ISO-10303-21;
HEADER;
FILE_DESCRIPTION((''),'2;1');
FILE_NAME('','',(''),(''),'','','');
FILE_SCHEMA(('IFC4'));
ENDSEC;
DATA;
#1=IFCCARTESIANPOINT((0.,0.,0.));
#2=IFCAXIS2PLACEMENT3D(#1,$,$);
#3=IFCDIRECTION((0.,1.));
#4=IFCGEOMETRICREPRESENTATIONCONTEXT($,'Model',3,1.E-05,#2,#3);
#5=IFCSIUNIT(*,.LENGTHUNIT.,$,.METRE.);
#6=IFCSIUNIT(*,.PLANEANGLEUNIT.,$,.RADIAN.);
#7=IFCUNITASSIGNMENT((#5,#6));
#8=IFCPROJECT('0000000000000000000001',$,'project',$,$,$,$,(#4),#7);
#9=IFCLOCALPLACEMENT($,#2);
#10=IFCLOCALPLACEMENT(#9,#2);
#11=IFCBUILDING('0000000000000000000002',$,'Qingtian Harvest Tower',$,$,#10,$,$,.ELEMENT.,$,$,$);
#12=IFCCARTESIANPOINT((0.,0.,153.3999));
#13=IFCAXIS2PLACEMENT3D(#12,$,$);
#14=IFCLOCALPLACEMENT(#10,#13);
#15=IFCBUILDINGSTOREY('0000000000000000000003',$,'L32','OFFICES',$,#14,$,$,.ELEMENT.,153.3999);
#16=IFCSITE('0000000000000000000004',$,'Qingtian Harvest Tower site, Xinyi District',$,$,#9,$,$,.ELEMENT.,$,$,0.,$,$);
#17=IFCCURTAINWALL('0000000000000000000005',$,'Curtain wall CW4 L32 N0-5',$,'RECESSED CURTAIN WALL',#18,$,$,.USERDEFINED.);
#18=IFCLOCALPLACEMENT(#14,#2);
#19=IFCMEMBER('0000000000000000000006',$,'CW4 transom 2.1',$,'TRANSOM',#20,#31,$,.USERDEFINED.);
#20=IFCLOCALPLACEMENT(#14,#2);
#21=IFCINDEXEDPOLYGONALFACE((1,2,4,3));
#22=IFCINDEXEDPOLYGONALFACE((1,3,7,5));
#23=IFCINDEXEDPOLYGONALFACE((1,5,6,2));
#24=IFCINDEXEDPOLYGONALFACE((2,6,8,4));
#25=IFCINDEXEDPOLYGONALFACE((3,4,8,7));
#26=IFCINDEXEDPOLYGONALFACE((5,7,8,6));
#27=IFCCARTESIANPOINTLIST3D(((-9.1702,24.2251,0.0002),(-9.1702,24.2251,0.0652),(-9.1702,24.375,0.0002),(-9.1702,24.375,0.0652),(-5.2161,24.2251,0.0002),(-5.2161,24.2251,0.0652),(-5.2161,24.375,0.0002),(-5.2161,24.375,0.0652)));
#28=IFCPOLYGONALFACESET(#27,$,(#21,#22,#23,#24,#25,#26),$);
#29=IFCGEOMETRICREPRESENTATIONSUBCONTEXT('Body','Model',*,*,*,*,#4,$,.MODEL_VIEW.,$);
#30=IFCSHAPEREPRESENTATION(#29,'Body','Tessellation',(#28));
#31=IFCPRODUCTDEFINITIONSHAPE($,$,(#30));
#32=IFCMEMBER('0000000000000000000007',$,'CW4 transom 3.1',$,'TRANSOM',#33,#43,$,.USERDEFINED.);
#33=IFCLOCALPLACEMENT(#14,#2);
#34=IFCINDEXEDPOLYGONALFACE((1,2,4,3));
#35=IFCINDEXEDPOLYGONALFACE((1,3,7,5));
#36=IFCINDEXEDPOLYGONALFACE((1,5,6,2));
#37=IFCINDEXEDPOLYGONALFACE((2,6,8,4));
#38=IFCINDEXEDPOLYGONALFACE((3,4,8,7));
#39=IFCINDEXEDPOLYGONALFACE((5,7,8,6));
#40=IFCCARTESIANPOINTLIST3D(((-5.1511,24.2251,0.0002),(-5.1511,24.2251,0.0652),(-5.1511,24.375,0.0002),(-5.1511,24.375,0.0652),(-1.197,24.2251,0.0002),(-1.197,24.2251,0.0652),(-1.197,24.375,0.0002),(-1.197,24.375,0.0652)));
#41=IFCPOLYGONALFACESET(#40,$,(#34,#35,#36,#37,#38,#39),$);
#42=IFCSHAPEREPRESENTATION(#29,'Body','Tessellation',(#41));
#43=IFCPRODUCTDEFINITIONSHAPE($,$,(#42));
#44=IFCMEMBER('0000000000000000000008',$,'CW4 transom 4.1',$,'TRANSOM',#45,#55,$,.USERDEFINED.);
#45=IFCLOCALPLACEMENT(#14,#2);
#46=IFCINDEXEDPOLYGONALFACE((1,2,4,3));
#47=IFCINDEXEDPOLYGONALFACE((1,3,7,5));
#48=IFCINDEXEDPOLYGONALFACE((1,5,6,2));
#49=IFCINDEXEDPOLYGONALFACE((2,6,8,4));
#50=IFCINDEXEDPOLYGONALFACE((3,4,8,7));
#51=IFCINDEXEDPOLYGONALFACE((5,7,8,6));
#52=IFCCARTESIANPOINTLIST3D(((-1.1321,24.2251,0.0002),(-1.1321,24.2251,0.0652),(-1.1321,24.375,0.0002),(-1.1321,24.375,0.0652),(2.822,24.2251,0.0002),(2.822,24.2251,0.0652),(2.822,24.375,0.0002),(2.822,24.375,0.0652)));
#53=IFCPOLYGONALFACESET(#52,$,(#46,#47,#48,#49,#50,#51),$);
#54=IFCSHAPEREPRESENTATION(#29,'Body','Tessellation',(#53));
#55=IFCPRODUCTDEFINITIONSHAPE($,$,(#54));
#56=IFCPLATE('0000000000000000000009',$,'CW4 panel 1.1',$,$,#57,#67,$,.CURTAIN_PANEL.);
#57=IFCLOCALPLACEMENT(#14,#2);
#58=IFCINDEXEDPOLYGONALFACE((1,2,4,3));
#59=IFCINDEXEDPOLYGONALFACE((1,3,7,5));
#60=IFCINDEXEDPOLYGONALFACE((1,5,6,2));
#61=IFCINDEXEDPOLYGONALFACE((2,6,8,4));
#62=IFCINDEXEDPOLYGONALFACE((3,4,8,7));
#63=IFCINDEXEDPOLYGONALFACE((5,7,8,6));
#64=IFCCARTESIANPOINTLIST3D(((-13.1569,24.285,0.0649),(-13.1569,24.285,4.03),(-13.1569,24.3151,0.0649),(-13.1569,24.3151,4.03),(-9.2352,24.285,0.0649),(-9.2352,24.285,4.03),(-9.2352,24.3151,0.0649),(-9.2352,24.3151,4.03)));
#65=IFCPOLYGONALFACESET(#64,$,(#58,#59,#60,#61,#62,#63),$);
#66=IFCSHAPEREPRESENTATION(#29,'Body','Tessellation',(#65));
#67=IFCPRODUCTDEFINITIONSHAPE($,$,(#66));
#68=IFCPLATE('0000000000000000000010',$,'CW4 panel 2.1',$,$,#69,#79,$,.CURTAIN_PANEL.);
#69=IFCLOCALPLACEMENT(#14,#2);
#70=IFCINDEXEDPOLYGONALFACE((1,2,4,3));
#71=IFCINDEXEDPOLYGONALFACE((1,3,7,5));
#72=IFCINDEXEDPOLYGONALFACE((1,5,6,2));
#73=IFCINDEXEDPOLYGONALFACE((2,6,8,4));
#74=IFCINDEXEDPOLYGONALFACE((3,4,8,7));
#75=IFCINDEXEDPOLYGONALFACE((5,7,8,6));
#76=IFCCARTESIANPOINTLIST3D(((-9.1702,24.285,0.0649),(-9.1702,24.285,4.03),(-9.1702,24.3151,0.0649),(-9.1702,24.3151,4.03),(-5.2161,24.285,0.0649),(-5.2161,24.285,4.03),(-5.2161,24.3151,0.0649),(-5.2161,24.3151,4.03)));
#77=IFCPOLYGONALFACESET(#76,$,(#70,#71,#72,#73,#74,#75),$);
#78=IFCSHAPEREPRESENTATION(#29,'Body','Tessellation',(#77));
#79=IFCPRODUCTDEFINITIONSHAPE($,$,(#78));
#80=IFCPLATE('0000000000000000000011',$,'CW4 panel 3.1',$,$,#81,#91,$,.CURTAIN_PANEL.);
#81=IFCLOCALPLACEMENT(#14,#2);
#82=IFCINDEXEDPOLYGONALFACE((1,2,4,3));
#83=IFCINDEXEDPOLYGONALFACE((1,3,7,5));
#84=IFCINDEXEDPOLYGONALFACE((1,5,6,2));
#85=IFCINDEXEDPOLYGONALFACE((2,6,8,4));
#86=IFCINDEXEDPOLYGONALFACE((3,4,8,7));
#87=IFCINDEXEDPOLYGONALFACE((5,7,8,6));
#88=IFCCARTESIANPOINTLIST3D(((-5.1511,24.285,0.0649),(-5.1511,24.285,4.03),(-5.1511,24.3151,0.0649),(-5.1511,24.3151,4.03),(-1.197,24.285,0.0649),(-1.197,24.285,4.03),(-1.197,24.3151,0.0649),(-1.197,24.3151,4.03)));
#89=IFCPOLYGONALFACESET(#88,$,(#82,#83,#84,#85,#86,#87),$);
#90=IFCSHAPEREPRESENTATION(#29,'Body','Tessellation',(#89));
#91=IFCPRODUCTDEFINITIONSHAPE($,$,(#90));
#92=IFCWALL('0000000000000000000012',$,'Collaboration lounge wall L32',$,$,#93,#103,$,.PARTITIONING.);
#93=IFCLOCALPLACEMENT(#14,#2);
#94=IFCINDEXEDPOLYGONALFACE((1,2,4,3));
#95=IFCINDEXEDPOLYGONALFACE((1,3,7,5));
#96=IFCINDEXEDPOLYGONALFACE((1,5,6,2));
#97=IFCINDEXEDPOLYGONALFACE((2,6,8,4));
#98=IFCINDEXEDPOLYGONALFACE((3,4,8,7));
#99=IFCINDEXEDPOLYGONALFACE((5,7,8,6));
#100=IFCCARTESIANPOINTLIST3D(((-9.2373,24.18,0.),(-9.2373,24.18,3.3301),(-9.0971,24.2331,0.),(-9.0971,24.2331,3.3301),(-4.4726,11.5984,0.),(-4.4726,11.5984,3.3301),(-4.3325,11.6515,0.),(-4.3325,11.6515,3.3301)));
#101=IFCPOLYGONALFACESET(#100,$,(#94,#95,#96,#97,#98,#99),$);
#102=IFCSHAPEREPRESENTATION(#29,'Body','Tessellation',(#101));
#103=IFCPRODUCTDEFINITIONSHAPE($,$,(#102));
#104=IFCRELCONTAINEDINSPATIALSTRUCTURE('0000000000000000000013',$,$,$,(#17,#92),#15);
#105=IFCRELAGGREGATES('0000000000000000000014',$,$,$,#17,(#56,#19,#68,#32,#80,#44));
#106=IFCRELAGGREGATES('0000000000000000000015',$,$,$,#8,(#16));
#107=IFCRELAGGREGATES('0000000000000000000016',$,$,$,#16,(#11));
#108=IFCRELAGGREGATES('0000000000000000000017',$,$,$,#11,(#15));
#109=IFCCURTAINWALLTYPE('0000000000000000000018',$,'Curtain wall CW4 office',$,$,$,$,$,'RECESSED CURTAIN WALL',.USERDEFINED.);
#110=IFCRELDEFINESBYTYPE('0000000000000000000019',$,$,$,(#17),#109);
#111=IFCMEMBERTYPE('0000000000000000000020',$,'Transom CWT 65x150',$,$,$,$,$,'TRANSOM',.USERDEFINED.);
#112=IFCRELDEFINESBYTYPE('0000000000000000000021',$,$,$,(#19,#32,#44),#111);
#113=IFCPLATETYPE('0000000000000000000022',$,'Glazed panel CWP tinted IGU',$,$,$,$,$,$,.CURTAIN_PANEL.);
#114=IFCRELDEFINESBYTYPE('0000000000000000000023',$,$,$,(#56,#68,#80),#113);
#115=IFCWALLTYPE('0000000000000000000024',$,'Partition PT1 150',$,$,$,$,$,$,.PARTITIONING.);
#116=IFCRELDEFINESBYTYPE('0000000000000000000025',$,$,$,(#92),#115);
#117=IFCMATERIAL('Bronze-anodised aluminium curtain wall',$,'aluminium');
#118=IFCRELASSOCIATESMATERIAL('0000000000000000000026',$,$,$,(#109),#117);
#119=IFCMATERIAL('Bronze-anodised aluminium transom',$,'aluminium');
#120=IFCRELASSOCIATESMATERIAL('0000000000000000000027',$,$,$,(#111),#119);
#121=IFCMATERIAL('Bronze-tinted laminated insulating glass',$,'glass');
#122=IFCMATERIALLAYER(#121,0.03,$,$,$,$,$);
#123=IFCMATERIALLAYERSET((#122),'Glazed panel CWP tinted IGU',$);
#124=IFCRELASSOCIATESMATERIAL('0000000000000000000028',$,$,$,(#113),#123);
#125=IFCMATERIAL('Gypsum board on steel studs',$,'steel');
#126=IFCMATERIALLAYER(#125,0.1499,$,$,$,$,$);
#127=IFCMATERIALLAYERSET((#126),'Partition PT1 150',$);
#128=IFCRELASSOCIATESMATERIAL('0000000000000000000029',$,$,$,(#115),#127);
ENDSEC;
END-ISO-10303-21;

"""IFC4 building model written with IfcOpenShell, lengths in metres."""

from ifc_helpers import new_model, si_unit, direction, frame, frame_2d, origin, origin_2d, place, context, subcontext, project, spatial, rectangle, extrude, material, layer, layer_set, material_profile, profile_set, type_object, element, aggregate, save


model = new_model("IFC4")

# Units and contexts
model_context = context("Model", 3, precision=1e-05, world=origin(), true_north=direction((0.0, 1.0)))
body_context = subcontext(model_context, "Body", "Model", "MODEL_VIEW")
ifc_project = project(units=[si_unit("LENGTHUNIT", "METRE"), si_unit("PLANEANGLEUNIT", "RADIAN")], contexts=[model_context])

# Site, building, storey
site_placement = place(None, origin())
site = spatial("IfcSite", under=ifc_project, at=site_placement, Name="Qingtian Harvest Tower site, Xinyi District", CompositionType="ELEMENT", RefElevation=0.0)
building_placement = place(site_placement, origin())
building = spatial("IfcBuilding", under=site, at=building_placement, Name="Qingtian Harvest Tower", CompositionType="ELEMENT")
storey_placement = place(building_placement, frame((0.0, 0.0, 153.3999)))
storey = spatial("IfcBuildingStorey", under=building, at=storey_placement, Name="L32", Description="OFFICES", CompositionType="ELEMENT", Elevation=153.3999)

# Curtain wall
ifc_material_1 = material(Name="Bronze-anodised aluminium curtain wall", Category="aluminium")
curtain_wall_type = type_object("IfcCurtainWallType", Name="Curtain wall CW4 office", ElementType="RECESSED CURTAIN WALL", PredefinedType="USERDEFINED", material=ifc_material_1)
curtain_wall_placement = place(storey_placement, origin())
curtain_wall = element("IfcCurtainWall", 1, at=curtain_wall_placement, inside=storey, type_object=curtain_wall_type, Name="Curtain wall CW4 L32 N0-5", ObjectType="RECESSED CURTAIN WALL", PredefinedType="USERDEFINED")

# Members
ifc_material_2 = material(Name="Bronze-anodised aluminium transom", Category="aluminium")
ifc_material_profile_1 = material_profile(ifc_material_2, rectangle(XDim=0.1499, YDim=0.0649, at=origin_2d()), Name="AL 65x150")
ifc_profile_set_1 = profile_set([ifc_material_profile_1], Name="Bronze-anodised aluminium transom")
member_type_1 = type_object("IfcMemberType", Name="Transom CWT 65x150", ElementType="TRANSOM", PredefinedType="USERDEFINED", material=ifc_profile_set_1)
member_1_placement = place(storey_placement, frame((-9.1702, 24.3, 0.0327), z_axis=(1.0, 0.0, 0.0), x_axis=(0.0, 1.0, 0.0)))
member_1 = element("IfcMember", 2, at=member_1_placement, type_object=member_type_1, Name="CW4 transom 2.1", ObjectType="TRANSOM", PredefinedType="USERDEFINED", context=body_context, shape_type="SweptSolid", body=[
    extrude(rectangle(XDim=0.1499, YDim=0.0649, at=origin_2d()), origin(), (0.0, 0.0, 1.0), 3.9541),
])
member_2_placement = place(storey_placement, frame((-5.1511, 24.3, 0.0327), z_axis=(1.0, 0.0, 0.0), x_axis=(0.0, 1.0, 0.0)))
member_2 = element("IfcMember", 3, at=member_2_placement, type_object=member_type_1, Name="CW4 transom 3.1", ObjectType="TRANSOM", PredefinedType="USERDEFINED", context=body_context, shape_type="SweptSolid", body=[
    extrude(rectangle(XDim=0.1499, YDim=0.0649, at=origin_2d()), origin(), (0.0, 0.0, 1.0), 3.9541),
])
member_3_placement = place(storey_placement, frame((-1.1321, 24.3, 0.0327), z_axis=(1.0, 0.0, 0.0), x_axis=(0.0, 1.0, 0.0)))
member_3 = element("IfcMember", 4, at=member_3_placement, type_object=member_type_1, Name="CW4 transom 4.1", ObjectType="TRANSOM", PredefinedType="USERDEFINED", context=body_context, shape_type="SweptSolid", body=[
    extrude(rectangle(XDim=0.1499, YDim=0.0649, at=origin_2d()), origin(), (0.0, 0.0, 1.0), 3.9541),
])

# Plates
ifc_material_3 = material(Name="Bronze-tinted laminated insulating glass", Category="glass")
ifc_layer_1 = layer(ifc_material_3, 0.03)
ifc_layer_set_1 = layer_set([ifc_layer_1], Name="Glazed panel CWP tinted IGU")
plate_type = type_object("IfcPlateType", Name="Glazed panel CWP tinted IGU", PredefinedType="CURTAIN_PANEL", material=ifc_layer_set_1)
plate_1_placement = place(storey_placement, frame((-11.196, 24.3, 0.0649), z_axis=(0.0, 0.0, 1.0), x_axis=(1.0, 0.0, 0.0)))
plate_1 = element("IfcPlate", 5, at=plate_1_placement, type_object=plate_type, Name="CW4 panel 1.1", PredefinedType="CURTAIN_PANEL", context=body_context, shape_type="SweptSolid", body=[
    extrude(rectangle(XDim=3.9216, YDim=0.03, at=origin_2d()), origin(), (0.0, 0.0, 1.0), 3.9651),
])
plate_2_placement = place(storey_placement, frame((-7.1931, 24.3, 0.0649), z_axis=(0.0, 0.0, 1.0), x_axis=(1.0, 0.0, 0.0)))
plate_2 = element("IfcPlate", 6, at=plate_2_placement, type_object=plate_type, Name="CW4 panel 2.1", PredefinedType="CURTAIN_PANEL", context=body_context, shape_type="SweptSolid", body=[
    extrude(rectangle(XDim=3.9541, YDim=0.03, at=origin_2d()), origin(), (0.0, 0.0, 1.0), 3.9651),
])
plate_3_placement = place(storey_placement, frame((-3.1741, 24.3, 0.0649), z_axis=(0.0, 0.0, 1.0), x_axis=(1.0, 0.0, 0.0)))
plate_3 = element("IfcPlate", 7, at=plate_3_placement, type_object=plate_type, Name="CW4 panel 3.1", PredefinedType="CURTAIN_PANEL", context=body_context, shape_type="SweptSolid", body=[
    extrude(rectangle(XDim=3.9541, YDim=0.03, at=origin_2d()), origin(), (0.0, 0.0, 1.0), 3.9651),
])
aggregate(curtain_wall, [plate_1, member_1, plate_2, member_2, plate_3, member_3])

# Shared definitions
ifc_material_4 = material(Name="Gypsum board on steel studs", Category="steel")
ifc_layer_2 = layer(ifc_material_4, 0.1499)
ifc_layer_set_2 = layer_set([ifc_layer_2], Name="Partition PT1 150")
wall_type = type_object("IfcWallType", Name="Partition PT1 150", PredefinedType="PARTITIONING", material=ifc_layer_set_2)

# Wall
wall_1_placement = place(storey_placement, frame((-9.1672, 24.2065, 0.0), z_axis=(0.0, 0.0, 1.0), x_axis=(0.354156, -0.935186, 0.0)))
element("IfcWall", 8, at=wall_1_placement, inside=storey, type_object=wall_type, Name="Collaboration lounge wall L32", PredefinedType="PARTITIONING", context=body_context, shape_type="SweptSolid", body=[
    extrude(rectangle(XDim=13.4536, YDim=0.1499, at=frame_2d((6.7268, 0.0))), origin(), (0.0, 0.0, 1.0), 3.3301),
])

save(model, "model.ifc")
